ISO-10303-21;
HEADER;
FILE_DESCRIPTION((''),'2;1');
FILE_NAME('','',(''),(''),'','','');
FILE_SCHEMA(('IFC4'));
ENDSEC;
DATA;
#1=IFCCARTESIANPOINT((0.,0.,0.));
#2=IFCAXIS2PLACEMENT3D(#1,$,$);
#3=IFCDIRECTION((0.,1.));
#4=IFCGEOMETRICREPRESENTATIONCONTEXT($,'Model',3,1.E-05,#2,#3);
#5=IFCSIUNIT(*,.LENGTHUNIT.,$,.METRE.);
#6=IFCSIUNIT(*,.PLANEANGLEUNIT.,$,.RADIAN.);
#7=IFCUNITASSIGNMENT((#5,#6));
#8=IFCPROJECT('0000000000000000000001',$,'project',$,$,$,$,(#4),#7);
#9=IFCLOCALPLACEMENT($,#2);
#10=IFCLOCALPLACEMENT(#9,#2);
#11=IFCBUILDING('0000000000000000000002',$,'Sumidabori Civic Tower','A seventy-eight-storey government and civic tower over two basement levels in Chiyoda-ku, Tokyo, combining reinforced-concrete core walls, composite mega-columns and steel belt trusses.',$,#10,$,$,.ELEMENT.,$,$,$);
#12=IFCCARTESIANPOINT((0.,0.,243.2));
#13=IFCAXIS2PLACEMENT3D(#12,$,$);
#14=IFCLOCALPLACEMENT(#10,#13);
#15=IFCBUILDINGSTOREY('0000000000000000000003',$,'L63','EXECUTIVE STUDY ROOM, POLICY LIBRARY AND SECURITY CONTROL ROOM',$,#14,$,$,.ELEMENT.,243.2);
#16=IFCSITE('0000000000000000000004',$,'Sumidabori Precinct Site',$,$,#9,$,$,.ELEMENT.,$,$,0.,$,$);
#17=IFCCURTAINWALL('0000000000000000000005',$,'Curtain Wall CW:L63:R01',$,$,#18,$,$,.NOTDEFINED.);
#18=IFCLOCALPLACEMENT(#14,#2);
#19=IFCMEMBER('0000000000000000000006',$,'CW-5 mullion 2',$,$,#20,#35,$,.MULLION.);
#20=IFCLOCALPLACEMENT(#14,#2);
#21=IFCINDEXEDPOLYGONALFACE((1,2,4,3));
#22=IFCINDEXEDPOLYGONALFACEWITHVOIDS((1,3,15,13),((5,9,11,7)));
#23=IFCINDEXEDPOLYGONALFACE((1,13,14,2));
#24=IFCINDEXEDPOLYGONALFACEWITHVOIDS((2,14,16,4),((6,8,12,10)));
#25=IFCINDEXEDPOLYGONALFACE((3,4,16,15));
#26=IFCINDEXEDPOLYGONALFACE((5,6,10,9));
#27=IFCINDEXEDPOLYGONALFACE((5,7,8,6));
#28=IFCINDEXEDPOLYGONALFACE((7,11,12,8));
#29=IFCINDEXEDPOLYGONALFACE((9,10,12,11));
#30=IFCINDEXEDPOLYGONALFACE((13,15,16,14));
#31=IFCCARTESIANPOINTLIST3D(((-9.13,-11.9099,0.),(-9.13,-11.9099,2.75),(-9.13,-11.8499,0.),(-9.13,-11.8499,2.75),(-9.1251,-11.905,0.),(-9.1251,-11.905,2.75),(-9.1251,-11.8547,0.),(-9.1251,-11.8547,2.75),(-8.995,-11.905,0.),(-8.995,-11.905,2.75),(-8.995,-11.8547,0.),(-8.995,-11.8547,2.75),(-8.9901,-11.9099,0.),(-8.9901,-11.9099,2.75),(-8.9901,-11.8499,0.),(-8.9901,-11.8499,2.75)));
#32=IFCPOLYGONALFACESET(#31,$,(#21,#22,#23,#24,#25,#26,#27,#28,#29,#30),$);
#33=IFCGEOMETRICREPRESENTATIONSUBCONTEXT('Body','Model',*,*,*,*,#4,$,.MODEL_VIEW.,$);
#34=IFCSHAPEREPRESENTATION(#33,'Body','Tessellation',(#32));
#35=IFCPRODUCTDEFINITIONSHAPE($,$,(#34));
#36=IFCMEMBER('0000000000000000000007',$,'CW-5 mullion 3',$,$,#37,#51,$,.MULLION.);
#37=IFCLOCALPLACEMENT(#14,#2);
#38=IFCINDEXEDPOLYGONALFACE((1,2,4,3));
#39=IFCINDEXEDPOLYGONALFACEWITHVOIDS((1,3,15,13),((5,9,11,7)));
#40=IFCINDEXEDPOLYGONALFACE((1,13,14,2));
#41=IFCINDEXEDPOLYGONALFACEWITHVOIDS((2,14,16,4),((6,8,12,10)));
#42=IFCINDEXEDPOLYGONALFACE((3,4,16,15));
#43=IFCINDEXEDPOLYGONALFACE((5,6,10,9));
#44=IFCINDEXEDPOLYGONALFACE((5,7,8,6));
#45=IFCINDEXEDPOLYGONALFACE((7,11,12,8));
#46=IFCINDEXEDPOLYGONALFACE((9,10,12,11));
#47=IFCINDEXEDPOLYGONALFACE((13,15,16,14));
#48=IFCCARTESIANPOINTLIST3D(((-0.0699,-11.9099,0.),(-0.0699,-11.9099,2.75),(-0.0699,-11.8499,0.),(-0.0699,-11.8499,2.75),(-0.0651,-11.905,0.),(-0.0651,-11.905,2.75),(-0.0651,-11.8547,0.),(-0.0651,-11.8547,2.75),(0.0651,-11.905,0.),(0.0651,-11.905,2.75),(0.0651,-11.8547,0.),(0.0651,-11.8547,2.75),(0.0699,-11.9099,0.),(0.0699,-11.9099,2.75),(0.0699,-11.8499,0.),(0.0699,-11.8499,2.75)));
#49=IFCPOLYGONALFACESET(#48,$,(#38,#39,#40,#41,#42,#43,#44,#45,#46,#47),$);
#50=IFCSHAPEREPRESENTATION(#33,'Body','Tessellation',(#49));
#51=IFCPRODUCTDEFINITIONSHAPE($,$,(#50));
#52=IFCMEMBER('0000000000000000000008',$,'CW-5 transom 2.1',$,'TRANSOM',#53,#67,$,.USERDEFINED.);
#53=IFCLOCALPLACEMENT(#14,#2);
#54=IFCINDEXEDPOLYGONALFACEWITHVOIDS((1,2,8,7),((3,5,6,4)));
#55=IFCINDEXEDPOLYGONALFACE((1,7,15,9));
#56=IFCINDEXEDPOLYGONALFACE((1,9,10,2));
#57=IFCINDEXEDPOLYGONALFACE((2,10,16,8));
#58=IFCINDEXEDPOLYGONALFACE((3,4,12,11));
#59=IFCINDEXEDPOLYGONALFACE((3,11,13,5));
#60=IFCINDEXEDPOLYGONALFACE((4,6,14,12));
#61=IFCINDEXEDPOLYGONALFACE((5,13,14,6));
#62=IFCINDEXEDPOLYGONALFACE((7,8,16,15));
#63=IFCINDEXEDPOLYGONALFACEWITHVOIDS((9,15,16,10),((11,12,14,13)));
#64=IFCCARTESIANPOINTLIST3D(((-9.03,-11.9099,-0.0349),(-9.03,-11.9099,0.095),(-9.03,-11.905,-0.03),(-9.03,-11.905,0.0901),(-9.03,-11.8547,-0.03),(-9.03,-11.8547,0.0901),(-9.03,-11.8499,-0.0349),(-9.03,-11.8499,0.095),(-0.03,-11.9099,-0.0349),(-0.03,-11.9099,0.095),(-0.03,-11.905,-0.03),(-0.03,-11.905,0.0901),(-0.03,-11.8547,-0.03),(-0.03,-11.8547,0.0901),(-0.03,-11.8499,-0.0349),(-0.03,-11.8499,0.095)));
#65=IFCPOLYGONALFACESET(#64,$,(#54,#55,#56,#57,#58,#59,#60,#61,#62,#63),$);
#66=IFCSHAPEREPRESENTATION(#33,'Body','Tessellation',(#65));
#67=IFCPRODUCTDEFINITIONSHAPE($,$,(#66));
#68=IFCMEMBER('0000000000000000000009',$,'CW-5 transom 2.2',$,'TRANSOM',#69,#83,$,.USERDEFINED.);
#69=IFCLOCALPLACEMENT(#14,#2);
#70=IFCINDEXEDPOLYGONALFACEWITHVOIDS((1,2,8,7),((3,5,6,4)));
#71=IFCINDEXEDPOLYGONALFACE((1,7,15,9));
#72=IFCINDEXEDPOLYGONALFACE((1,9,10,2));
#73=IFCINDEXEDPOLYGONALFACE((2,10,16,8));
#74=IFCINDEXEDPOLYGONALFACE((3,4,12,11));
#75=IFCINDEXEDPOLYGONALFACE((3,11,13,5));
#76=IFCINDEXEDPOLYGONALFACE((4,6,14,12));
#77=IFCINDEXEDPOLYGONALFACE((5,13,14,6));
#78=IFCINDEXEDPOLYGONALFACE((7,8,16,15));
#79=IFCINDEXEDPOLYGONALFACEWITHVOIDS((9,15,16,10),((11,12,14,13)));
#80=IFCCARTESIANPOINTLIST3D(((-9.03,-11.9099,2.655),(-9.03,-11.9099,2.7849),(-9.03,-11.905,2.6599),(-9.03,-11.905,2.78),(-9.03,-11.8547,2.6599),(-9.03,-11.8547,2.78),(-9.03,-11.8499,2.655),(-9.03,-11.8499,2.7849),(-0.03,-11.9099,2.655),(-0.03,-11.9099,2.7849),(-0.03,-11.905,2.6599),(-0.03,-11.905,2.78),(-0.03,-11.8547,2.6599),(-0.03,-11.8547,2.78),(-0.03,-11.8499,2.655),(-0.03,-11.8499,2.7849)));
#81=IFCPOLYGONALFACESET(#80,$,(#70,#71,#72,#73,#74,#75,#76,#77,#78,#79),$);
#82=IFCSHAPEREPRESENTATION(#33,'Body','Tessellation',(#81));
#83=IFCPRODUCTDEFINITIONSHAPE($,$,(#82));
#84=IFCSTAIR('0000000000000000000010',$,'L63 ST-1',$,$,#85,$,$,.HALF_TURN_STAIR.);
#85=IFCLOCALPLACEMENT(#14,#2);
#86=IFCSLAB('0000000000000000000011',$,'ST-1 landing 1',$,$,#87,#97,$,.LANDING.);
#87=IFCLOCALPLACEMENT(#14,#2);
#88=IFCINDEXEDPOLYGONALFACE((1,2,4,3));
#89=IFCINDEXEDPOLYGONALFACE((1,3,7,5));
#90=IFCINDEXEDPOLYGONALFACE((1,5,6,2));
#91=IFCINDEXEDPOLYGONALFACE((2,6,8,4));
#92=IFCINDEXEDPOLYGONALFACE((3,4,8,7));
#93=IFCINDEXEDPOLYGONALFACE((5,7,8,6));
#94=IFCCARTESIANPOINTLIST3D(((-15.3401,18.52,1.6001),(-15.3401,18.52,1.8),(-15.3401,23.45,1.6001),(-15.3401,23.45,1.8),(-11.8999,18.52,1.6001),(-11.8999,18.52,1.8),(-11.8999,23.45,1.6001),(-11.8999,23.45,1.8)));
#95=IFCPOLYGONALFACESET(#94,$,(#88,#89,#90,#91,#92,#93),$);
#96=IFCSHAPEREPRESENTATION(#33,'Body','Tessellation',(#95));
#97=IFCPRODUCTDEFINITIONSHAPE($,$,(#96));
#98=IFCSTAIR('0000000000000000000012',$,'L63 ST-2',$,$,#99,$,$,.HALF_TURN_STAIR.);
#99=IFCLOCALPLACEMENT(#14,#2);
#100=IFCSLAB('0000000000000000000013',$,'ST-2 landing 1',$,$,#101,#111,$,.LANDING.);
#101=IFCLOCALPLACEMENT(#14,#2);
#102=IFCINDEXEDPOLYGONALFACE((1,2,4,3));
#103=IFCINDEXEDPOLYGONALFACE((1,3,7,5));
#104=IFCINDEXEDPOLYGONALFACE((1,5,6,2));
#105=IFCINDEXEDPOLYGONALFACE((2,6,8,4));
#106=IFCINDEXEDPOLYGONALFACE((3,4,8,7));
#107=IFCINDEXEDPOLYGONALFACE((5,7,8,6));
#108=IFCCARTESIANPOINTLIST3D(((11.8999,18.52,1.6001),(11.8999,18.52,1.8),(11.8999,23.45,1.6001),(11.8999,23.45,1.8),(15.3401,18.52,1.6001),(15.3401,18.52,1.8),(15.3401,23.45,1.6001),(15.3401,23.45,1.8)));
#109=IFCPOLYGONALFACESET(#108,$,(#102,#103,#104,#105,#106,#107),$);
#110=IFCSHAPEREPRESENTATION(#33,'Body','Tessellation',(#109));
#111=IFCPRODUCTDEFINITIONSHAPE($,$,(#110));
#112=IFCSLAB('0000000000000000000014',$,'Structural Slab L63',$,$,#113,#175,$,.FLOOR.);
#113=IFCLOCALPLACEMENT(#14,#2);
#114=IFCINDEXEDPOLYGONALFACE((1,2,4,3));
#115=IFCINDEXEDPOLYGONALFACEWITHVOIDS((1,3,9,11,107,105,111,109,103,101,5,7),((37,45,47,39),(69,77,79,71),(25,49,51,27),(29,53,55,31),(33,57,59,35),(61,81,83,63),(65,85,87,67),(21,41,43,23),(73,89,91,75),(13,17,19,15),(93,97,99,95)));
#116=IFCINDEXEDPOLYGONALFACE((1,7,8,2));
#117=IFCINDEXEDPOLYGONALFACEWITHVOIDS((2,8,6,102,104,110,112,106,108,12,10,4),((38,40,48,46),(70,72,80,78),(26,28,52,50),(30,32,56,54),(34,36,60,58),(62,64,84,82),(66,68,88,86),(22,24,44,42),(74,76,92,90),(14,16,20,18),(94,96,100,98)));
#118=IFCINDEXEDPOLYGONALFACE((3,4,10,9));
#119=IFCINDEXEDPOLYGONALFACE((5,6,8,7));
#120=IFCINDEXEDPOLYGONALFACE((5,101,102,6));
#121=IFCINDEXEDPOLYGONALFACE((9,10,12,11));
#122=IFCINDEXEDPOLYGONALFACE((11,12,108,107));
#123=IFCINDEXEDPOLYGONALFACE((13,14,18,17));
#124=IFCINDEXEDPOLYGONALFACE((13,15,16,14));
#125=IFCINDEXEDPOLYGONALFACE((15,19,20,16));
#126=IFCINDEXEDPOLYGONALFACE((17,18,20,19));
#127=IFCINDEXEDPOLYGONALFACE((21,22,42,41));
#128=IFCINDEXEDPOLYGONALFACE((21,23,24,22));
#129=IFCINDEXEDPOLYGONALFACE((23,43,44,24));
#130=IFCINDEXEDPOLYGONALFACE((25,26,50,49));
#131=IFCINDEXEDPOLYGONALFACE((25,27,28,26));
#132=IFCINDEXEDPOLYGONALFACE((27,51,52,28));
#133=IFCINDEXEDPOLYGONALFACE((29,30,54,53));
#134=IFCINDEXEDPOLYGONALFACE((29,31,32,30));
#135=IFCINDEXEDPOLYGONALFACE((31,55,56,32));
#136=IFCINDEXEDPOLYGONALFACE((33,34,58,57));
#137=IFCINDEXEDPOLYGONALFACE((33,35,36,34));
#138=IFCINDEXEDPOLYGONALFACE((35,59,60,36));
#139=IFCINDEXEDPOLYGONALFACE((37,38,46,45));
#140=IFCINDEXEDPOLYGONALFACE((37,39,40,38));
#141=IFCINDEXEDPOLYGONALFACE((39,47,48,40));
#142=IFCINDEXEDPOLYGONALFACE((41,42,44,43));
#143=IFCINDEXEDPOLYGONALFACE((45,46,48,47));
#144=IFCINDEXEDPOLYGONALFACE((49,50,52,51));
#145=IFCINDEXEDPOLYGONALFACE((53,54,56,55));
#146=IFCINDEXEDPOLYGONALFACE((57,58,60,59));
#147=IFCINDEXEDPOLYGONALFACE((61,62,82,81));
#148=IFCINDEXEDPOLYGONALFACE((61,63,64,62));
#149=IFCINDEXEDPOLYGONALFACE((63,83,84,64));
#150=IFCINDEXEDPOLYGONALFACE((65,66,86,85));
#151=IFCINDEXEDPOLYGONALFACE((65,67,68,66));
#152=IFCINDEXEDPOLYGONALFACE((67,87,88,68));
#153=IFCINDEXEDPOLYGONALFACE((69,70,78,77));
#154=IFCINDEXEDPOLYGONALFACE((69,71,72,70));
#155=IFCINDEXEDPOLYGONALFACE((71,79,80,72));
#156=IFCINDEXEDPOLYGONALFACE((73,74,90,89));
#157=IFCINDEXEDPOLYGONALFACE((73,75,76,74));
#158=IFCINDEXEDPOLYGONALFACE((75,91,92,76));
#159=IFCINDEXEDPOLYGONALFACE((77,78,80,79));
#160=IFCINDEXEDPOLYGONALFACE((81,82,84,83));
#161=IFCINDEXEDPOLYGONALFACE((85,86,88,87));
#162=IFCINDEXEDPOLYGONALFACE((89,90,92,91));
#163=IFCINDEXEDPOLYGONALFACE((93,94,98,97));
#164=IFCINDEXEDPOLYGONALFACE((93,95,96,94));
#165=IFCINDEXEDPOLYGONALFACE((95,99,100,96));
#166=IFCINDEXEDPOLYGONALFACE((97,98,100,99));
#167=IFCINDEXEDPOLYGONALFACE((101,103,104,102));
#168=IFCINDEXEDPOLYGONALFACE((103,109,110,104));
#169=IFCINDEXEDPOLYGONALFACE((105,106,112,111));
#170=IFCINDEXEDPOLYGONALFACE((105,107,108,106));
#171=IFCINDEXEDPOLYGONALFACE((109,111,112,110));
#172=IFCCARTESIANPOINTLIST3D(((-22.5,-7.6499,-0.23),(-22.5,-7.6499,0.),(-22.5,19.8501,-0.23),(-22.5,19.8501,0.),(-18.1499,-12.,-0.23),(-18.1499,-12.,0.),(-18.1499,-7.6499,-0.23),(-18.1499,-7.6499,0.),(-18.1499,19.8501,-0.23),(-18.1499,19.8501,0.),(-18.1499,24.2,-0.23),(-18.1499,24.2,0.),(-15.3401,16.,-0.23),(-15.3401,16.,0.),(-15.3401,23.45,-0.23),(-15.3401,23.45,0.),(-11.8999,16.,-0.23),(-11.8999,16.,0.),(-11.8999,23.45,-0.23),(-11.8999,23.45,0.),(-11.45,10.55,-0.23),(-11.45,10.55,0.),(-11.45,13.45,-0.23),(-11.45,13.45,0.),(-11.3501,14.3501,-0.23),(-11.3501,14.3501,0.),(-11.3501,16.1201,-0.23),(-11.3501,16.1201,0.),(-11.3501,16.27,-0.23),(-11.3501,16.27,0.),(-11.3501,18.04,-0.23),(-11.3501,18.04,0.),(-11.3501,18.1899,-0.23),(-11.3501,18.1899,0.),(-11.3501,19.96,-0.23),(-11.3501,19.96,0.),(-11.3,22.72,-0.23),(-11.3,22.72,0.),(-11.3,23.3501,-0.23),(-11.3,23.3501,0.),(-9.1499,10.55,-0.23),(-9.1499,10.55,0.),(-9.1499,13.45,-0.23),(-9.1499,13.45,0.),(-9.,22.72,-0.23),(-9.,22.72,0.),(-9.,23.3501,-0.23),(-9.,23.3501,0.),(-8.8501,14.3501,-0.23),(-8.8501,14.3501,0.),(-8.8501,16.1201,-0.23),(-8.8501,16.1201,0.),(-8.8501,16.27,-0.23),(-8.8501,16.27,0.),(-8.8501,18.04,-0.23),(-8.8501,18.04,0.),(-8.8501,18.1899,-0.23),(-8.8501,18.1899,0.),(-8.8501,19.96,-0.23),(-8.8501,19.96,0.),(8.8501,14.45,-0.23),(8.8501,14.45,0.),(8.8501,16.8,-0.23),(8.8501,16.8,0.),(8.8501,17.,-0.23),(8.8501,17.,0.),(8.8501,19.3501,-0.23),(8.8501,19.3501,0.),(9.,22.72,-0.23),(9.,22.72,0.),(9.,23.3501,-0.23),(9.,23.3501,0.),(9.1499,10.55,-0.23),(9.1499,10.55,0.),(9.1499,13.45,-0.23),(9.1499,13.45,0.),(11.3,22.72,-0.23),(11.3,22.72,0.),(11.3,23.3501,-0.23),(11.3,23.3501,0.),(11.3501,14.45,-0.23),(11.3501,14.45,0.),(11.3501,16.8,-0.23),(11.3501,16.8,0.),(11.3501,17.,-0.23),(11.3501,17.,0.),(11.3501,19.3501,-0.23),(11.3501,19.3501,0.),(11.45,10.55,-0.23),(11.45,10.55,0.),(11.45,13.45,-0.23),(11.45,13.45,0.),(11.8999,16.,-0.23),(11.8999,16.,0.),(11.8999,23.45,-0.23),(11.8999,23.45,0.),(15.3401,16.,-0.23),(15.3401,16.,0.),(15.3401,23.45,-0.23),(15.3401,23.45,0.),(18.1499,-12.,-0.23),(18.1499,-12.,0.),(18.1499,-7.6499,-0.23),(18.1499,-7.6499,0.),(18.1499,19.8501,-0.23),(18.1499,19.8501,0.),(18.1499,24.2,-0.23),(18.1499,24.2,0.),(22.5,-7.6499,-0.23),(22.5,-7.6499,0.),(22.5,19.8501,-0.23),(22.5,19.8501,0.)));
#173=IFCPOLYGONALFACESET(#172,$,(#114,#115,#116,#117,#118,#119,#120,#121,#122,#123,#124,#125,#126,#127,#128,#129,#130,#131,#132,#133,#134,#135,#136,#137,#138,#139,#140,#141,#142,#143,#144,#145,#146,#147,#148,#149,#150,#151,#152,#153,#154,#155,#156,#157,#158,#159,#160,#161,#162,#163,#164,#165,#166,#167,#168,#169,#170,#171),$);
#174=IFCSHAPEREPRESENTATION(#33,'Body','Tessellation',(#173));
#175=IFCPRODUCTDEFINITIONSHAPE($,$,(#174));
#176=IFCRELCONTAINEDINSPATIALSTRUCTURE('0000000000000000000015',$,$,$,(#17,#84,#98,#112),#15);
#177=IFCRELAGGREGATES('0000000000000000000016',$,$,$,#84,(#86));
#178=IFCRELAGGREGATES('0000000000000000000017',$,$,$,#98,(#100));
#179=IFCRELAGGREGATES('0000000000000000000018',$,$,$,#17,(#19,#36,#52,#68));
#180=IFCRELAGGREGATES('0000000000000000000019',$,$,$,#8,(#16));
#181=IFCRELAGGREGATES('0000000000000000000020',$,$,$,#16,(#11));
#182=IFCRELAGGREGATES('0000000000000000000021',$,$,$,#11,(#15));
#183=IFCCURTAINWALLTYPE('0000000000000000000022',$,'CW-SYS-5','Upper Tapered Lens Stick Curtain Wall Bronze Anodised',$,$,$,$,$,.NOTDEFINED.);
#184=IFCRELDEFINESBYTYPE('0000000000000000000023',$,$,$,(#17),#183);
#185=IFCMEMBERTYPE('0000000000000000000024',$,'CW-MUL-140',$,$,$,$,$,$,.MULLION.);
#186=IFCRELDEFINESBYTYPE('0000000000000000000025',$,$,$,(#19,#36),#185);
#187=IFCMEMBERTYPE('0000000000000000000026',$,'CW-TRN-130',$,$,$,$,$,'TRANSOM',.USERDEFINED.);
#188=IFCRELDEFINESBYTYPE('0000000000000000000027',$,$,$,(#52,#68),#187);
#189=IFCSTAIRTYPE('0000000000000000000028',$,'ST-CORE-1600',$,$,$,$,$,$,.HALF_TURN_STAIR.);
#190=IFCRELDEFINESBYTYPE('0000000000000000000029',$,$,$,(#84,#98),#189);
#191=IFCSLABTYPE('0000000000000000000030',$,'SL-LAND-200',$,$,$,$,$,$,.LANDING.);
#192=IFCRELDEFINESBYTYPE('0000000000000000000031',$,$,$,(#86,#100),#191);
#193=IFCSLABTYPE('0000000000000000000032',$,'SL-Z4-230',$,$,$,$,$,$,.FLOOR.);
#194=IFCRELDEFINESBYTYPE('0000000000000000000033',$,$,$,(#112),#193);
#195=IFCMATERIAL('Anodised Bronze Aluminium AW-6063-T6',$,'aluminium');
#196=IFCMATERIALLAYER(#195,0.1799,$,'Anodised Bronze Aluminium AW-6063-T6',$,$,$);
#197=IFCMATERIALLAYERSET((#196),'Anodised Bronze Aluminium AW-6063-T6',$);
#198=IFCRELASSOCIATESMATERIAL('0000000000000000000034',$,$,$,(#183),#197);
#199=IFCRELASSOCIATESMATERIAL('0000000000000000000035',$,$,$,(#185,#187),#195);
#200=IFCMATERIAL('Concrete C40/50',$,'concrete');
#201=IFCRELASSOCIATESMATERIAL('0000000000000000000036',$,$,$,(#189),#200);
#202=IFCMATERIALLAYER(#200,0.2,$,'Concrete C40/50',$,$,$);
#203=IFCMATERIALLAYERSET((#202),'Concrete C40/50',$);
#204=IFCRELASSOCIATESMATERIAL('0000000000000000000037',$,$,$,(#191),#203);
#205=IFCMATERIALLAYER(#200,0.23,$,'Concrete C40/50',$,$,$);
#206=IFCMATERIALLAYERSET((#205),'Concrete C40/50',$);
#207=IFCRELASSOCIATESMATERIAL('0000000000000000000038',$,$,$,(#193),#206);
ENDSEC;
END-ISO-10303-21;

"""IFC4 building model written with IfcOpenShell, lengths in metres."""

from ifc_helpers import new_model, si_unit, direction, frame, origin, origin_2d, place, context, subcontext, project, spatial, polyline, hollow_rectangle, outline, extrude, source, transform, mapped, material, layer, layer_set, material_profile, profile_set, type_object, element, aggregate, save


model = new_model("IFC4")

# Units and contexts
model_context = context("Model", 3, precision=1e-05, world=origin(), true_north=direction((0.0, 1.0)))
body_context = subcontext(model_context, "Body", "Model", "MODEL_VIEW")
ifc_project = project(units=[si_unit("LENGTHUNIT", "METRE"), si_unit("PLANEANGLEUNIT", "RADIAN")], contexts=[model_context])

# Site, building, storey
site_placement = place(None, origin())
site = spatial("IfcSite", under=ifc_project, at=site_placement, Name="Sumidabori Precinct Site", CompositionType="ELEMENT", RefElevation=0.0)
building_placement = place(site_placement, origin())
building = spatial("IfcBuilding", under=site, at=building_placement, Name="Sumidabori Civic Tower", Description="A seventy-eight-storey government and civic tower over two basement levels in Chiyoda-ku, Tokyo, combining reinforced-concrete core walls, composite mega-columns and steel belt trusses.", CompositionType="ELEMENT")
storey_placement = place(building_placement, frame((0.0, 0.0, 243.2)))
storey = spatial("IfcBuildingStorey", under=building, at=storey_placement, Name="L63", Description="EXECUTIVE STUDY ROOM, POLICY LIBRARY AND SECURITY CONTROL ROOM", CompositionType="ELEMENT", Elevation=243.2)

# Curtain wall, members
ifc_material_1 = material(Name="Anodised Bronze Aluminium AW-6063-T6", Category="aluminium")
ifc_layer_1 = layer(ifc_material_1, 0.1799, Name="Anodised Bronze Aluminium AW-6063-T6")
ifc_layer_set_1 = layer_set([ifc_layer_1], Name="Anodised Bronze Aluminium AW-6063-T6")
curtain_wall_type = type_object("IfcCurtainWallType", Name="CW-SYS-5", Description="Upper Tapered Lens Stick Curtain Wall Bronze Anodised", PredefinedType="NOTDEFINED", material=ifc_layer_set_1)
curtain_wall_placement = place(storey_placement, origin())
curtain_wall = element("IfcCurtainWall", 1, at=curtain_wall_placement, inside=storey, type_object=curtain_wall_type, Name="Curtain Wall CW:L63:R01", PredefinedType="NOTDEFINED")
ifc_material_profile_1 = material_profile(ifc_material_1, hollow_rectangle(XDim=0.0601, YDim=0.1399, WallThickness=0.0049, at=origin_2d()), Name="ALU MULLION 140x60")
ifc_profile_set_1 = profile_set([ifc_material_profile_1], Name="Anodised Bronze Aluminium AW-6063-T6")
member_type_1 = type_object("IfcMemberType", Name="CW-MUL-140", PredefinedType="MULLION", material=ifc_profile_set_1)
shared_shape_1 = source(origin(), body_context, "Body", "SweptSolid", [
    extrude(hollow_rectangle(XDim=0.0601, YDim=0.1399, WallThickness=0.0049, at=origin_2d()), origin(), (0.0, 0.0, 1.0), 2.75),
])
member_1_placement = place(storey_placement, frame((-9.0601, -11.8799, 0.0), z_axis=(0.0, 0.0, 1.0), x_axis=(0.0, 1.0, 0.0)))
member_1 = element("IfcMember", 2, at=member_1_placement, type_object=member_type_1, Name="CW-5 mullion 2", PredefinedType="MULLION", context=body_context, shape_type="MappedRepresentation", body=[
    mapped(shared_shape_1, transform((0.0, 0.0, 0.0), x_axis=(1.0, 0.0, 0.0), y_axis=(0.0, 1.0, 0.0), z_axis=(0.0, 0.0, 1.0), scale=1.0)),
])
member_2_placement = place(storey_placement, frame((0.0, -11.8799, 0.0), z_axis=(0.0, 0.0, 1.0), x_axis=(0.0, 1.0, 0.0)))
member_2 = element("IfcMember", 3, at=member_2_placement, type_object=member_type_1, Name="CW-5 mullion 3", PredefinedType="MULLION", context=body_context, shape_type="MappedRepresentation", body=[
    mapped(shared_shape_1, transform((0.0, 0.0, 0.0), x_axis=(1.0, 0.0, 0.0), y_axis=(0.0, 1.0, 0.0), z_axis=(0.0, 0.0, 1.0), scale=1.0)),
])
ifc_material_profile_2 = material_profile(ifc_material_1, hollow_rectangle(XDim=0.0601, YDim=0.1299, WallThickness=0.0049, at=origin_2d()), Name="ALU TRANSOM 130x60")
ifc_profile_set_2 = profile_set([ifc_material_profile_2], Name="Anodised Bronze Aluminium AW-6063-T6")
member_type_2 = type_object("IfcMemberType", Name="CW-TRN-130", ElementType="TRANSOM", PredefinedType="USERDEFINED", material=ifc_profile_set_2)
shared_shape_2 = source(origin(), body_context, "Body", "SweptSolid", [
    extrude(hollow_rectangle(XDim=0.0601, YDim=0.1299, WallThickness=0.0049, at=origin_2d()), origin(), (0.0, 0.0, 1.0), 9.0),
])
member_3_placement = place(storey_placement, frame((-9.03, -11.8799, 0.03), z_axis=(1.0, 0.0, 0.0), x_axis=(0.0, 1.0, 0.0)))
member_3 = element("IfcMember", 4, at=member_3_placement, type_object=member_type_2, Name="CW-5 transom 2.1", ObjectType="TRANSOM", PredefinedType="USERDEFINED", context=body_context, shape_type="MappedRepresentation", body=[
    mapped(shared_shape_2, transform((0.0, 0.0, 0.0), x_axis=(1.0, 0.0, 0.0), y_axis=(0.0, 1.0, 0.0), z_axis=(0.0, 0.0, 1.0), scale=1.0)),
])
member_4_placement = place(storey_placement, frame((-9.03, -11.8799, 2.72), z_axis=(1.0, 0.0, 0.0), x_axis=(0.0, 1.0, 0.0)))
member_4 = element("IfcMember", 5, at=member_4_placement, type_object=member_type_2, Name="CW-5 transom 2.2", ObjectType="TRANSOM", PredefinedType="USERDEFINED", context=body_context, shape_type="MappedRepresentation", body=[
    mapped(shared_shape_2, transform((0.0, 0.0, 0.0), x_axis=(1.0, 0.0, 0.0), y_axis=(0.0, 1.0, 0.0), z_axis=(0.0, 0.0, 1.0), scale=1.0)),
])

# Stairs, slabs
ifc_material_2 = material(Name="Concrete C40/50", Category="concrete")
stair_type = type_object("IfcStairType", Name="ST-CORE-1600", PredefinedType="HALF_TURN_STAIR", material=ifc_material_2)
stair_1_placement = place(storey_placement, origin())
stair_1 = element("IfcStair", 6, at=stair_1_placement, inside=storey, type_object=stair_type, Name="L63 ST-1", PredefinedType="HALF_TURN_STAIR")
ifc_layer_2 = layer(ifc_material_2, 0.2, Name="Concrete C40/50")
ifc_layer_set_2 = layer_set([ifc_layer_2], Name="Concrete C40/50")
slab_type_1 = type_object("IfcSlabType", Name="SL-LAND-200", PredefinedType="LANDING", material=ifc_layer_set_2)
slab_1_placement = place(storey_placement, frame((0.0, 0.0, 1.6001)))
slab_1 = element("IfcSlab", 7, at=slab_1_placement, type_object=slab_type_1, Name="ST-1 landing 1", PredefinedType="LANDING", context=body_context, shape_type="SweptSolid", body=[
    extrude(outline(polyline([(-11.8999, 18.52), (-11.8999, 23.45), (-15.3401, 23.45), (-15.3401, 18.52), (-11.8999, 18.52)])), origin(), (0.0, 0.0, 1.0), 0.2),
])
aggregate(stair_1, [slab_1])
stair_2_placement = place(storey_placement, origin())
stair_2 = element("IfcStair", 8, at=stair_2_placement, inside=storey, type_object=stair_type, Name="L63 ST-2", PredefinedType="HALF_TURN_STAIR")
slab_2_placement = place(storey_placement, frame((0.0, 0.0, 1.6001)))
slab_2 = element("IfcSlab", 9, at=slab_2_placement, type_object=slab_type_1, Name="ST-2 landing 1", PredefinedType="LANDING", context=body_context, shape_type="SweptSolid", body=[
    extrude(outline(polyline([(15.3401, 18.52), (15.3401, 23.45), (11.8999, 23.45), (11.8999, 18.52), (15.3401, 18.52)])), origin(), (0.0, 0.0, 1.0), 0.2),
])
aggregate(stair_2, [slab_2])

# Slab
ifc_layer_3 = layer(ifc_material_2, 0.23, Name="Concrete C40/50")
ifc_layer_set_3 = layer_set([ifc_layer_3], Name="Concrete C40/50")
slab_type_2 = type_object("IfcSlabType", Name="SL-Z4-230", PredefinedType="FLOOR", material=ifc_layer_set_3)
slab_3_placement = place(storey_placement, frame((0.0, 0.0, -0.23)))
element("IfcSlab", 10, at=slab_3_placement, inside=storey, type_object=slab_type_2, Name="Structural Slab L63", PredefinedType="FLOOR", context=body_context, shape_type="SweptSolid", body=[
    extrude(outline(polyline([(-18.1499, -12.0), (18.1499, -12.0), (18.1499, -7.6499), (22.5, -7.6499), (22.5, 19.8501), (18.1499, 19.8501), (18.1499, 24.2), (-18.1499, 24.2), (-18.1499, 19.8501), (-22.5, 19.8501), (-22.5, -7.6499), (-18.1499, -7.6499), (-18.1499, -12.0)]), holes=[polyline([(-11.8999, 16.0), (-11.8999, 23.45), (-15.3401, 23.45), (-15.3401, 16.0), (-11.8999, 16.0)]), polyline([(15.3401, 16.0), (15.3401, 23.45), (11.8999, 23.45), (11.8999, 16.0), (15.3401, 16.0)]), polyline([(-11.45, 10.55), (-9.1499, 10.55), (-9.1499, 13.45), (-11.45, 13.45), (-11.45, 10.55)]), polyline([(9.1499, 10.55), (11.45, 10.55), (11.45, 13.45), (9.1499, 13.45), (9.1499, 10.55)]), polyline([(-11.3501, 14.3501), (-8.8501, 14.3501), (-8.8501, 16.1201), (-11.3501, 16.1201), (-11.3501, 14.3501)]), polyline([(-11.3501, 16.27), (-8.8501, 16.27), (-8.8501, 18.04), (-11.3501, 18.04), (-11.3501, 16.27)]), polyline([(-11.3501, 18.1899), (-8.8501, 18.1899), (-8.8501, 19.96), (-11.3501, 19.96), (-11.3501, 18.1899)]), polyline([(8.8501, 14.45), (11.3501, 14.45), (11.3501, 16.8), (8.8501, 16.8), (8.8501, 14.45)]), polyline([(8.8501, 17.0), (11.3501, 17.0), (11.3501, 19.3501), (8.8501, 19.3501), (8.8501, 17.0)]), polyline([(-11.3, 22.72), (-9.0, 22.72), (-9.0, 23.3501), (-11.3, 23.3501), (-11.3, 22.72)]), polyline([(9.0, 22.72), (11.3, 22.72), (11.3, 23.3501), (9.0, 23.3501), (9.0, 22.72)])]), origin(), (0.0, 0.0, 1.0), 0.23),
])

aggregate(curtain_wall, [member_1, member_2, member_3, member_4])

save(model, "model.ifc")
